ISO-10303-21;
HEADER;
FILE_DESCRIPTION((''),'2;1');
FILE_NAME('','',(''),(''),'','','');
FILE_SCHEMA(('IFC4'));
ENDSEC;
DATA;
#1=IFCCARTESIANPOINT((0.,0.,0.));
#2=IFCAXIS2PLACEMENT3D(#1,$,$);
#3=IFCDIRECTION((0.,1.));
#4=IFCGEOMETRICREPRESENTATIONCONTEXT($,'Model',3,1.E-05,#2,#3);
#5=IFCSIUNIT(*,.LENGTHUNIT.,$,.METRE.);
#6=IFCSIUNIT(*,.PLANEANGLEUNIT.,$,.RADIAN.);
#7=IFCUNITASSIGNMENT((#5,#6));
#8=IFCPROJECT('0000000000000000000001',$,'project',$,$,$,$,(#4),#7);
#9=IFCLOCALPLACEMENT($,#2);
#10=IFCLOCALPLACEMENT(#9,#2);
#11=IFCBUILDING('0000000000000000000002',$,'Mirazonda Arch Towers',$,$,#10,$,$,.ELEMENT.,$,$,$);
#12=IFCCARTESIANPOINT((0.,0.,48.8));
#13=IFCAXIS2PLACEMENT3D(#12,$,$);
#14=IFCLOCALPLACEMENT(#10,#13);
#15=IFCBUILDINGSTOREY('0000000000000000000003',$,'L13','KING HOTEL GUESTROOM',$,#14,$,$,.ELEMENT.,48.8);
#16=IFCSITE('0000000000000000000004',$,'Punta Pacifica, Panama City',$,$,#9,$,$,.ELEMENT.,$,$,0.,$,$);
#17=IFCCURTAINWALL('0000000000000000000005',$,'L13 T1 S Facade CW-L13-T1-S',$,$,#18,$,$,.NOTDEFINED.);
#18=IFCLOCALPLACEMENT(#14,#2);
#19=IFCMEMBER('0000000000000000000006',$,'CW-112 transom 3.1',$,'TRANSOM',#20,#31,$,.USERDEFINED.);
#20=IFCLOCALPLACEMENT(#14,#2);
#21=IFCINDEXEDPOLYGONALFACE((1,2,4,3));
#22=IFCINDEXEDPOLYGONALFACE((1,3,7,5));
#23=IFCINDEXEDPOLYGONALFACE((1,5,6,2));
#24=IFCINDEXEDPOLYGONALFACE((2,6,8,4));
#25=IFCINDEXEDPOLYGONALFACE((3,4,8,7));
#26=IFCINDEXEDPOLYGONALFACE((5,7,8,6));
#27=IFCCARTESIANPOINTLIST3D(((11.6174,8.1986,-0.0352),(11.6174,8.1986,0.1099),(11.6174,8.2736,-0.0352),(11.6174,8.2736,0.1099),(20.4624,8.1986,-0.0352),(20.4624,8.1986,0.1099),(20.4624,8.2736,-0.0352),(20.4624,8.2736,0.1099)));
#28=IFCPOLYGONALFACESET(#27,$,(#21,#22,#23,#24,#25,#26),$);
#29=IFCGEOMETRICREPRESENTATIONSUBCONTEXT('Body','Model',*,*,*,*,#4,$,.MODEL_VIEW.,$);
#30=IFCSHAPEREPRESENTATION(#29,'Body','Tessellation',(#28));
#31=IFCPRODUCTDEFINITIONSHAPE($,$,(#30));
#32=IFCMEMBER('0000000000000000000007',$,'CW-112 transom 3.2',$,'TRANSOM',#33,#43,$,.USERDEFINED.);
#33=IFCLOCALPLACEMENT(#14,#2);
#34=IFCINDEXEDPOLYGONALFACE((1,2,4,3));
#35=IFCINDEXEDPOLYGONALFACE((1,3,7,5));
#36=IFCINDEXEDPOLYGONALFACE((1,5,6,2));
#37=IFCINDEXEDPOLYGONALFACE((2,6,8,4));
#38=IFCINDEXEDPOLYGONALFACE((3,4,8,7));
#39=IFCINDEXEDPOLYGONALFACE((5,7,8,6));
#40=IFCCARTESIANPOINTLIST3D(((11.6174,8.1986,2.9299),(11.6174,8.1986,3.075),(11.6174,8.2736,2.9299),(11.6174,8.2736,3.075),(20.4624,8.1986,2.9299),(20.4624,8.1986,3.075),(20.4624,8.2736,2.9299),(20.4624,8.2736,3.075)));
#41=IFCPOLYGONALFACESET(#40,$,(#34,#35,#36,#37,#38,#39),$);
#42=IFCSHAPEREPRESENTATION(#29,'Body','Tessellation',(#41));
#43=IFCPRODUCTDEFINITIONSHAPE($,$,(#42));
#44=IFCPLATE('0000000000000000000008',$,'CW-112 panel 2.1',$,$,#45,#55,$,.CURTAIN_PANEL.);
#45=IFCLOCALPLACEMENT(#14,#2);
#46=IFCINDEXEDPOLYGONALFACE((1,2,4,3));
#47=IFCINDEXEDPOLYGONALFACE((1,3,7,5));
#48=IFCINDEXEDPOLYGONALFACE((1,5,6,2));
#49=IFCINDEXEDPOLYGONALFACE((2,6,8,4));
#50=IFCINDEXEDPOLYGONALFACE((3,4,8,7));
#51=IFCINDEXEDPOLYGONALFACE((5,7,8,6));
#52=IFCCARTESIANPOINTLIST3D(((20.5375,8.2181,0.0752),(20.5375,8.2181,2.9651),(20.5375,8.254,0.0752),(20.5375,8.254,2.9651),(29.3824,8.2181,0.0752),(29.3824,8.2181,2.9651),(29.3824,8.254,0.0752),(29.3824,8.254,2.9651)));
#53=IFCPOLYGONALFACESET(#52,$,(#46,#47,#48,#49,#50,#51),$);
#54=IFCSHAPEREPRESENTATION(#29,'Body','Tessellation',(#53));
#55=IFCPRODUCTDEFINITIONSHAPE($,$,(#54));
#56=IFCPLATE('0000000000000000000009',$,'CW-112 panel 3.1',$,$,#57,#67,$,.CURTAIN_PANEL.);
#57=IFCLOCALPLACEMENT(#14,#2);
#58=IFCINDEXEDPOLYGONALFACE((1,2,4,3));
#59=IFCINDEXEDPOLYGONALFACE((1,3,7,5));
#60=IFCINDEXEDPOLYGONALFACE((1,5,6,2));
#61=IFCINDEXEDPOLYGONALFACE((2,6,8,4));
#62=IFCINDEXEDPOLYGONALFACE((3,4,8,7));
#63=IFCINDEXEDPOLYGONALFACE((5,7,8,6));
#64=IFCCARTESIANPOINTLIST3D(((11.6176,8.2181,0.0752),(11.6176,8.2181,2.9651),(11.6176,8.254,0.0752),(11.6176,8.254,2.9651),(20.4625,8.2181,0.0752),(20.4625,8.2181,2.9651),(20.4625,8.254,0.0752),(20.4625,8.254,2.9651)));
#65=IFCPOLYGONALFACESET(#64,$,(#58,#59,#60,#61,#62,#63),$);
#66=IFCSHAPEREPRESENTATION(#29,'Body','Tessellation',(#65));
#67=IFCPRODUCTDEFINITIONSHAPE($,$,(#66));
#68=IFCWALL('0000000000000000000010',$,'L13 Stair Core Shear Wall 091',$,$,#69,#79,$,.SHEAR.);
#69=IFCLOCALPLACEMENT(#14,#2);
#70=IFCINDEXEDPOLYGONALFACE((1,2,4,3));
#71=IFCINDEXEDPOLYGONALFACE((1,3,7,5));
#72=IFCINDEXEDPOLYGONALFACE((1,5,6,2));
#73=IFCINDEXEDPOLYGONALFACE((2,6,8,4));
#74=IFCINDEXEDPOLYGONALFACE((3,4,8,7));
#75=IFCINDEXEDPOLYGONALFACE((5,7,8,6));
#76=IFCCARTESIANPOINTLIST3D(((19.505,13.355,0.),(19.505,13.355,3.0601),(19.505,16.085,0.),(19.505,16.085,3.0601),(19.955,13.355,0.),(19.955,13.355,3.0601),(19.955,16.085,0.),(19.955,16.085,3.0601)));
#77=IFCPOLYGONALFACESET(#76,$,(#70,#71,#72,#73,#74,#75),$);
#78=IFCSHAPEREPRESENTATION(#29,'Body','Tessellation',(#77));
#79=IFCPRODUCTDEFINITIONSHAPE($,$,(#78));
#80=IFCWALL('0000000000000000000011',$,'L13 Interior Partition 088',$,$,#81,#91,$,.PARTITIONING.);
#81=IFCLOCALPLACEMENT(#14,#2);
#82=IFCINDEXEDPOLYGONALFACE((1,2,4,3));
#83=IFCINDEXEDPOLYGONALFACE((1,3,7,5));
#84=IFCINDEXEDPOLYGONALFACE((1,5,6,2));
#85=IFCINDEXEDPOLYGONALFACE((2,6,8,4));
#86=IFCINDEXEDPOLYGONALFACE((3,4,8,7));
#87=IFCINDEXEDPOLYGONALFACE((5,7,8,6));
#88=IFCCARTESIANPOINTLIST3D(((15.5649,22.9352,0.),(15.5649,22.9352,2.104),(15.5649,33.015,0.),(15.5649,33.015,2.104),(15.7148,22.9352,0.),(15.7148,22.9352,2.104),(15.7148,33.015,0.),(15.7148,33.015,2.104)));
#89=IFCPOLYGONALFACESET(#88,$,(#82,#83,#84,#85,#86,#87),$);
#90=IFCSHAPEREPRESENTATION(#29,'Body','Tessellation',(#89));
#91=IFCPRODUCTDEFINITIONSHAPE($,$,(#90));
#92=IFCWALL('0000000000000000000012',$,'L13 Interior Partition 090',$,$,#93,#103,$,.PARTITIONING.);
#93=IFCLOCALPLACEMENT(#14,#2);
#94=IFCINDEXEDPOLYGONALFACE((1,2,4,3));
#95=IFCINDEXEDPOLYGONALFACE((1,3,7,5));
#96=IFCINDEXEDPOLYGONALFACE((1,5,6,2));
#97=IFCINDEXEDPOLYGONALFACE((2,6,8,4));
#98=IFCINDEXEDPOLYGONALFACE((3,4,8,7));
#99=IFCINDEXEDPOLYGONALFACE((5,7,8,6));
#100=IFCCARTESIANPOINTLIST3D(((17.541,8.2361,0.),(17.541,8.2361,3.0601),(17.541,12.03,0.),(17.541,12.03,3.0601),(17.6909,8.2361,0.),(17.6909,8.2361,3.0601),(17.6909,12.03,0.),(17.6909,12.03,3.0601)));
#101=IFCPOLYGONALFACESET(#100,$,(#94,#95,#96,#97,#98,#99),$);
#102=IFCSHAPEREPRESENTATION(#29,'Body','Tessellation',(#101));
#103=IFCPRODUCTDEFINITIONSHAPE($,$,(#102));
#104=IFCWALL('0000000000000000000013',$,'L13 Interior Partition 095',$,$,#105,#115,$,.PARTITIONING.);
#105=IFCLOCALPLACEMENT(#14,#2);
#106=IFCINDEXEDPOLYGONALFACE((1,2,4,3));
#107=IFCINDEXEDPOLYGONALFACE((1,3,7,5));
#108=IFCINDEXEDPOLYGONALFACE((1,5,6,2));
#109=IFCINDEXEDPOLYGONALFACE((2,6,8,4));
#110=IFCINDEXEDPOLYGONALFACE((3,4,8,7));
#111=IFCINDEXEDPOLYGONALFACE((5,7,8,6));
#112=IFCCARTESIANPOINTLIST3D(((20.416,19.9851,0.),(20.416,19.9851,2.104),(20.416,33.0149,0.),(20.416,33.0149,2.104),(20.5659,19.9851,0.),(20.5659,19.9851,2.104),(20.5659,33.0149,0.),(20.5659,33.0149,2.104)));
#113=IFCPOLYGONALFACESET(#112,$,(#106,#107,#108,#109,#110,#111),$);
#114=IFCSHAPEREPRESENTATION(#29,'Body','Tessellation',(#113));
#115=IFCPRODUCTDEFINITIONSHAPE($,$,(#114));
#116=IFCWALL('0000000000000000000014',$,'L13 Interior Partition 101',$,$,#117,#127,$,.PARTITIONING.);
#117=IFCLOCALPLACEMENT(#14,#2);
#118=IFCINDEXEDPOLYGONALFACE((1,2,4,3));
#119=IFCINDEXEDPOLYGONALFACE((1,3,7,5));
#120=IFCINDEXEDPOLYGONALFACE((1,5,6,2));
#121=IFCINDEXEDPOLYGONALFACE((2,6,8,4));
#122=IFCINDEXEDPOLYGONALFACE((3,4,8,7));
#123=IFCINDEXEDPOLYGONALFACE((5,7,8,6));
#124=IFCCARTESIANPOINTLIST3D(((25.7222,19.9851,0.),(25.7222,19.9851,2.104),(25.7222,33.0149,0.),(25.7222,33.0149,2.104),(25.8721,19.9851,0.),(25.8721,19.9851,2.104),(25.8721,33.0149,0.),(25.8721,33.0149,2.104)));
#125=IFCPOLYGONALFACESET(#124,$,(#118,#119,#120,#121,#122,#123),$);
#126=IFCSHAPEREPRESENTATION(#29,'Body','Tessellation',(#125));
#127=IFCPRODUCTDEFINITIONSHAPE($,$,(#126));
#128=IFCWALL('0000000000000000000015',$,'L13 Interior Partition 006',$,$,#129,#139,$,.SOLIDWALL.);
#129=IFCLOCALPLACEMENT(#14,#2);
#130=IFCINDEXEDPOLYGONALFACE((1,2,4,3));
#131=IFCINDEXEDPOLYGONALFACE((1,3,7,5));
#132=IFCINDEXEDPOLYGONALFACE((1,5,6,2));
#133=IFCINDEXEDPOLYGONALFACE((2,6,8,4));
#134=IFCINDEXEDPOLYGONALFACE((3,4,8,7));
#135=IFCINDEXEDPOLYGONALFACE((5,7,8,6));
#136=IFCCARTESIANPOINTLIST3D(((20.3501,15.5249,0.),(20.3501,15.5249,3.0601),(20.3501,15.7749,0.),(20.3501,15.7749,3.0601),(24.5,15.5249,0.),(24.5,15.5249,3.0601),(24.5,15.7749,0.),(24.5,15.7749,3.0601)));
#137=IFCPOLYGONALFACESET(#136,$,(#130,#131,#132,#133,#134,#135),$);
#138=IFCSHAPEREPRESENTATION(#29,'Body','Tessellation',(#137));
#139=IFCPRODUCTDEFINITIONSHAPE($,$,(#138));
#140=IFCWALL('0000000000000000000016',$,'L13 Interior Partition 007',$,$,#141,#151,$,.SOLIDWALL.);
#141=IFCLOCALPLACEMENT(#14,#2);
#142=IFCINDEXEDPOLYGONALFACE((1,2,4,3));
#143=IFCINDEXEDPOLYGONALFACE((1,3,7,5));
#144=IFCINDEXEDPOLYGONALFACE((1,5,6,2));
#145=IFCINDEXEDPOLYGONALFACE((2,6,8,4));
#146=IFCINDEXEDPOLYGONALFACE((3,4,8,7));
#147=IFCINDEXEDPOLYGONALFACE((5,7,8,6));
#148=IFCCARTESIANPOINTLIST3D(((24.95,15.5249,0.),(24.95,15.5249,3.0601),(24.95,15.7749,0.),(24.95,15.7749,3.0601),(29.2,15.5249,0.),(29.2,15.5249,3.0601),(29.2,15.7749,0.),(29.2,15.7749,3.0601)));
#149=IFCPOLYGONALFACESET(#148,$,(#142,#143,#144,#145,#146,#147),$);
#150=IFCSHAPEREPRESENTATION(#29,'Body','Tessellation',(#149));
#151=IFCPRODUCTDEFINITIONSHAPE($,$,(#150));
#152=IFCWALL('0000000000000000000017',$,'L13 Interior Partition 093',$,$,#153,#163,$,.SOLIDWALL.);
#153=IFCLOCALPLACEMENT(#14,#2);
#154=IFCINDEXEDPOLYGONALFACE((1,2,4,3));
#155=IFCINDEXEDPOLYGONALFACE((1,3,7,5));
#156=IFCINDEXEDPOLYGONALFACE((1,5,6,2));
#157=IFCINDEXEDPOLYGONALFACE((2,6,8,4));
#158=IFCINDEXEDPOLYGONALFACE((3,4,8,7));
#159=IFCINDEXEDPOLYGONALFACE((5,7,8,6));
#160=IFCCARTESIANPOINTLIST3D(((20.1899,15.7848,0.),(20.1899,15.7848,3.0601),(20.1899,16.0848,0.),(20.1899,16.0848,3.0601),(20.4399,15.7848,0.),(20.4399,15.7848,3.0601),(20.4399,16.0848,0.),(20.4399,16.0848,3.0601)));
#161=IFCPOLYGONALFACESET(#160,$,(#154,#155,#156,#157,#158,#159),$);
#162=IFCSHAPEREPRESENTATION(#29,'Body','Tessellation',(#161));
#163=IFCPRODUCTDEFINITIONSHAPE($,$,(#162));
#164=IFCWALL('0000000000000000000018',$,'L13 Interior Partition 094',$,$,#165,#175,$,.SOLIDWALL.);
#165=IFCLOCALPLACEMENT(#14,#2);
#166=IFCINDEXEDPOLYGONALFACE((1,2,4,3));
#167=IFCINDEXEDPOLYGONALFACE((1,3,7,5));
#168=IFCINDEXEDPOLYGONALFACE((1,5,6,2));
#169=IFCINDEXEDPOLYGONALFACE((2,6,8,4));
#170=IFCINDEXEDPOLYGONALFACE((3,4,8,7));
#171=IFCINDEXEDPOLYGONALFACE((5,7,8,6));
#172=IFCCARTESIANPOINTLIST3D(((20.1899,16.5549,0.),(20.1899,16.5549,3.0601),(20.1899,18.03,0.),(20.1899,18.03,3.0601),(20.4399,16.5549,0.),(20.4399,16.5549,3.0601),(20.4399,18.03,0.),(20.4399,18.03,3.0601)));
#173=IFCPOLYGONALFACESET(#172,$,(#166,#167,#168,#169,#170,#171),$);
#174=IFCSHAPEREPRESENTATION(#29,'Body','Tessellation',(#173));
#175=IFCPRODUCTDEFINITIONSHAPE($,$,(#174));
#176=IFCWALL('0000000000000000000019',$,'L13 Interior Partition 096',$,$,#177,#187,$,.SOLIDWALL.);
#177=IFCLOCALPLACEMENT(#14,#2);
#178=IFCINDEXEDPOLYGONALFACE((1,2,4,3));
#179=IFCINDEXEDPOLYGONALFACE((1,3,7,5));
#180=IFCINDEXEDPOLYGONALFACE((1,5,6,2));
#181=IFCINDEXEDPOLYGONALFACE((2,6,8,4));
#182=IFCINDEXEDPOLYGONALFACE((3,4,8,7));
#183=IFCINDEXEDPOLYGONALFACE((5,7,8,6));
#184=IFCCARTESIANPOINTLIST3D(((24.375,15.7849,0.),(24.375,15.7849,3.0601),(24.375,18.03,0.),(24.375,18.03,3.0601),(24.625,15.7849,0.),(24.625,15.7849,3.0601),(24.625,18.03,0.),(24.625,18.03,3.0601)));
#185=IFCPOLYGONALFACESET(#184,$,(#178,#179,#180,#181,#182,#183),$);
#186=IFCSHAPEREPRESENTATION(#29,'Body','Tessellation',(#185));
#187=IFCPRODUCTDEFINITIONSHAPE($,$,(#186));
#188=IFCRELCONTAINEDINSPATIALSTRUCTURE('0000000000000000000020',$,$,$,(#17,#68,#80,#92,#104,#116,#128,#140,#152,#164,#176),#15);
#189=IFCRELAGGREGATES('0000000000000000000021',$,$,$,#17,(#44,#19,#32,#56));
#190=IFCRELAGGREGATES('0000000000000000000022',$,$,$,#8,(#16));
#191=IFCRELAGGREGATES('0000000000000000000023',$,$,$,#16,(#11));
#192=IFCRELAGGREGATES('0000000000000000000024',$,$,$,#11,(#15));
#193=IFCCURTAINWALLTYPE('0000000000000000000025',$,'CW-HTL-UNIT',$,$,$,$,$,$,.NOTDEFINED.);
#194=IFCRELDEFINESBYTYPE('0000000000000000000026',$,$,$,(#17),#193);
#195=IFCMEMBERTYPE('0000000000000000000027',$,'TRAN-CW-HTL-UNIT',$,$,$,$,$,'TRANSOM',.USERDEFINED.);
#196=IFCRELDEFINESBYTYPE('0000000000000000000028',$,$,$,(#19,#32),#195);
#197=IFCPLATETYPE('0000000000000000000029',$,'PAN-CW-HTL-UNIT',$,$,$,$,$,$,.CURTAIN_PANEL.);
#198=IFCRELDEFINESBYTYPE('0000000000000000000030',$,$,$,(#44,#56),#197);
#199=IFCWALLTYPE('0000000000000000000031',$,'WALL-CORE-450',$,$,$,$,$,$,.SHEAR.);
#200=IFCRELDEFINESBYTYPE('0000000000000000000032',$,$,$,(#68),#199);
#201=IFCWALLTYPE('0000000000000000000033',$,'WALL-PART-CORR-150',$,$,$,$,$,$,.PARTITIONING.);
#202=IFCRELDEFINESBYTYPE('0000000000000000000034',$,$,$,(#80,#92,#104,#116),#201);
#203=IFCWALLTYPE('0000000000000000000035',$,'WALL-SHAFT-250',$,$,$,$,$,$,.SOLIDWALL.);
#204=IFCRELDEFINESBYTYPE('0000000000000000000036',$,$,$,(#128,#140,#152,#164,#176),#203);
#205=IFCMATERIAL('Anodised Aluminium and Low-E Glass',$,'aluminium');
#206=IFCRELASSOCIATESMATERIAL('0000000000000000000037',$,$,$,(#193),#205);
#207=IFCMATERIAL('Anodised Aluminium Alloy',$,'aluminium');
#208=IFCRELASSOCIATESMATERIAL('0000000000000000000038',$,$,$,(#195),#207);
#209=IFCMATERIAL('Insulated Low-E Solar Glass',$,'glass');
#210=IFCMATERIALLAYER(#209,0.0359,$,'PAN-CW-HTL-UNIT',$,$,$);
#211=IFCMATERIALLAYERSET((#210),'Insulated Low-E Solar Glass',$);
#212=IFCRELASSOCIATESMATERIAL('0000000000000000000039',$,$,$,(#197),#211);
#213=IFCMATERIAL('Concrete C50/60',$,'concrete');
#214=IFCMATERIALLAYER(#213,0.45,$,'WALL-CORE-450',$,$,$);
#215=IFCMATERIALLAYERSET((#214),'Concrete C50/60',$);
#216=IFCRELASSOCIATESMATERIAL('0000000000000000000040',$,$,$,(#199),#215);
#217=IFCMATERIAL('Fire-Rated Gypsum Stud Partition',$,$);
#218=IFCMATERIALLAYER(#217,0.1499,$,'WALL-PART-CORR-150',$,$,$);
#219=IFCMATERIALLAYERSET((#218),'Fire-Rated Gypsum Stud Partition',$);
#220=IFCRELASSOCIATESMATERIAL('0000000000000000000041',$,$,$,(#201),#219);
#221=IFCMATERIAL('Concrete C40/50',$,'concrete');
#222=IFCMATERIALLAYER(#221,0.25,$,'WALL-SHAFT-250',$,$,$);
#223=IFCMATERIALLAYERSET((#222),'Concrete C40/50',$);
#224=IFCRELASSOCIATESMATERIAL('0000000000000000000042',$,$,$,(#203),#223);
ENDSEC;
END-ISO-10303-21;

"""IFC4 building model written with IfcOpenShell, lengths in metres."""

from ifc_helpers import new_model, si_unit, direction, frame, frame_2d, origin, origin_2d, place, context, subcontext, project, spatial, rectangle, extrude, material, layer, layer_set, material_profile, profile_set, type_object, element, aggregate, save


model = new_model("IFC4")

# Units and contexts
model_context = context("Model", 3, precision=1e-05, world=origin(), true_north=direction((0.0, 1.0)))
body_context = subcontext(model_context, "Body", "Model", "MODEL_VIEW")
ifc_project = project(units=[si_unit("LENGTHUNIT", "METRE"), si_unit("PLANEANGLEUNIT", "RADIAN")], contexts=[model_context])

# Site, building, storey
site_placement = place(None, origin())
site = spatial("IfcSite", under=ifc_project, at=site_placement, Name="Punta Pacifica, Panama City", CompositionType="ELEMENT", RefElevation=0.0)
building_placement = place(site_placement, origin())
building = spatial("IfcBuilding", under=site, at=building_placement, Name="Mirazonda Arch Towers", CompositionType="ELEMENT")
storey_placement = place(building_placement, frame((0.0, 0.0, 48.8)))
storey = spatial("IfcBuildingStorey", under=building, at=storey_placement, Name="L13", Description="KING HOTEL GUESTROOM", CompositionType="ELEMENT", Elevation=48.8)

# Curtain wall, members, plates
ifc_material_1 = material(Name="Anodised Aluminium and Low-E Glass", Category="aluminium")
curtain_wall_type = type_object("IfcCurtainWallType", Name="CW-HTL-UNIT", PredefinedType="NOTDEFINED", material=ifc_material_1)
curtain_wall_placement = place(storey_placement, origin())
curtain_wall = element("IfcCurtainWall", 1, at=curtain_wall_placement, inside=storey, type_object=curtain_wall_type, Name="L13 T1 S Facade CW-L13-T1-S", PredefinedType="NOTDEFINED")
ifc_material_2 = material(Name="Anodised Aluminium Alloy", Category="aluminium")
ifc_material_profile_1 = material_profile(ifc_material_2, rectangle(XDim=0.075, YDim=0.145, at=origin_2d()), Name="ALU-TRAN-75x145")
ifc_profile_set_1 = profile_set([ifc_material_profile_1], Name="Anodised Aluminium Alloy")
member_type_1 = type_object("IfcMemberType", Name="TRAN-CW-HTL-UNIT", ElementType="TRANSOM", PredefinedType="USERDEFINED", material=ifc_profile_set_1)
member_1_placement = place(storey_placement, frame((20.4624, 8.2361, 0.0374), z_axis=(-1.0, 0.0, 0.0), x_axis=(0.0, -1.0, 0.0)))
member_1 = element("IfcMember", 2, at=member_1_placement, type_object=member_type_1, Name="CW-112 transom 3.1", ObjectType="TRANSOM", PredefinedType="USERDEFINED", context=body_context, shape_type="SweptSolid", body=[
    extrude(rectangle(XDim=0.075, YDim=0.145, at=origin_2d()), origin(), (0.0, 0.0, 1.0), 8.845),
])
member_2_placement = place(storey_placement, frame((20.4624, 8.2361, 3.0024), z_axis=(-1.0, 0.0, 0.0), x_axis=(0.0, -1.0, 0.0)))
member_2 = element("IfcMember", 3, at=member_2_placement, type_object=member_type_1, Name="CW-112 transom 3.2", ObjectType="TRANSOM", PredefinedType="USERDEFINED", context=body_context, shape_type="SweptSolid", body=[
    extrude(rectangle(XDim=0.075, YDim=0.145, at=origin_2d()), origin(), (0.0, 0.0, 1.0), 8.845),
])
ifc_material_3 = material(Name="Insulated Low-E Solar Glass", Category="glass")
ifc_layer_1 = layer(ifc_material_3, 0.0359, Name="PAN-CW-HTL-UNIT")
ifc_layer_set_1 = layer_set([ifc_layer_1], Name="Insulated Low-E Solar Glass")
plate_type = type_object("IfcPlateType", Name="PAN-CW-HTL-UNIT", PredefinedType="CURTAIN_PANEL", material=ifc_layer_set_1)
plate_1_placement = place(storey_placement, frame((24.96, 8.2361, 0.0752), z_axis=(0.0, 0.0, 1.0), x_axis=(-1.0, 0.0, 0.0)))
plate_1 = element("IfcPlate", 4, at=plate_1_placement, type_object=plate_type, Name="CW-112 panel 2.1", PredefinedType="CURTAIN_PANEL", context=body_context, shape_type="SweptSolid", body=[
    extrude(rectangle(XDim=8.845, YDim=0.0359, at=origin_2d()), origin(), (0.0, 0.0, 1.0), 2.8899),
])
plate_2_placement = place(storey_placement, frame((16.04, 8.2361, 0.0752), z_axis=(0.0, 0.0, 1.0), x_axis=(-1.0, 0.0, 0.0)))
plate_2 = element("IfcPlate", 5, at=plate_2_placement, type_object=plate_type, Name="CW-112 panel 3.1", PredefinedType="CURTAIN_PANEL", context=body_context, shape_type="SweptSolid", body=[
    extrude(rectangle(XDim=8.845, YDim=0.0359, at=origin_2d()), origin(), (0.0, 0.0, 1.0), 2.8899),
])
aggregate(curtain_wall, [plate_1, member_1, member_2, plate_2])

# Walls
ifc_material_4 = material(Name="Concrete C50/60", Category="concrete")
ifc_layer_2 = layer(ifc_material_4, 0.45, Name="WALL-CORE-450")
ifc_layer_set_2 = layer_set([ifc_layer_2], Name="Concrete C50/60")
wall_type_1 = type_object("IfcWallType", Name="WALL-CORE-450", PredefinedType="SHEAR", material=ifc_layer_set_2)
wall_1_placement = place(storey_placement, frame((19.73, 13.355, 0.0), z_axis=(0.0, 0.0, 1.0), x_axis=(0.0, 1.0, 0.0)))
element("IfcWall", 6, at=wall_1_placement, inside=storey, type_object=wall_type_1, Name="L13 Stair Core Shear Wall 091", PredefinedType="SHEAR", context=body_context, shape_type="SweptSolid", body=[
    extrude(rectangle(XDim=2.73, YDim=0.45, at=frame_2d((1.365, 0.0))), origin(), (0.0, 0.0, 1.0), 3.0601),
])
ifc_material_5 = material(Name="Fire-Rated Gypsum Stud Partition")
ifc_layer_3 = layer(ifc_material_5, 0.1499, Name="WALL-PART-CORR-150")
ifc_layer_set_3 = layer_set([ifc_layer_3], Name="Fire-Rated Gypsum Stud Partition")
wall_type_2 = type_object("IfcWallType", Name="WALL-PART-CORR-150", PredefinedType="PARTITIONING", material=ifc_layer_set_3)
wall_2_placement = place(storey_placement, frame((15.6399, 22.9351, 0.0), z_axis=(0.0, 0.0, 1.0), x_axis=(0.0, 1.0, 0.0)))
element("IfcWall", 7, at=wall_2_placement, inside=storey, type_object=wall_type_2, Name="L13 Interior Partition 088", PredefinedType="PARTITIONING", context=body_context, shape_type="SweptSolid", body=[
    extrude(rectangle(XDim=10.0798, YDim=0.1499, at=frame_2d((5.04, 0.0))), origin(), (0.0, 0.0, 1.0), 2.104),
])
wall_3_placement = place(storey_placement, frame((17.616, 8.2361, 0.0), z_axis=(0.0, 0.0, 1.0), x_axis=(0.0, 1.0, 0.0)))
element("IfcWall", 8, at=wall_3_placement, inside=storey, type_object=wall_type_2, Name="L13 Interior Partition 090", PredefinedType="PARTITIONING", context=body_context, shape_type="SweptSolid", body=[
    extrude(rectangle(XDim=3.7939, YDim=0.1499, at=frame_2d((1.897, 0.0))), origin(), (0.0, 0.0, 1.0), 3.0601),
])
for number, where, z_axis, x_axis, name in (
    (9, (20.491, 19.9851, 0.0), (0.0, 0.0, 1.0), (0.0, 1.0, 0.0), "L13 Interior Partition 095"),
    (10, (25.7971, 19.9851, 0.0), (0.0, 0.0, 1.0), (0.0, 1.0, 0.0), "L13 Interior Partition 101"),
):
    element("IfcWall", number, at=place(storey_placement, frame(where, z_axis=z_axis, x_axis=x_axis)), inside=storey, type_object=wall_type_2, Name=name, PredefinedType="PARTITIONING", context=body_context, shape_type="SweptSolid", body=[
        extrude(rectangle(XDim=13.0298, YDim=0.1499, at=frame_2d((6.5149, 0.0))), origin(), (0.0, 0.0, 1.0), 2.104),
    ])
ifc_material_6 = material(Name="Concrete C40/50", Category="concrete")
ifc_layer_4 = layer(ifc_material_6, 0.25, Name="WALL-SHAFT-250")
ifc_layer_set_4 = layer_set([ifc_layer_4], Name="Concrete C40/50")
wall_type_3 = type_object("IfcWallType", Name="WALL-SHAFT-250", PredefinedType="SOLIDWALL", material=ifc_layer_set_4)
wall_4_placement = place(storey_placement, frame((20.3501, 15.6499, 0.0), z_axis=(0.0, 0.0, 1.0), x_axis=(1.0, 0.0, 0.0)))
element("IfcWall", 11, at=wall_4_placement, inside=storey, type_object=wall_type_3, Name="L13 Interior Partition 006", PredefinedType="SOLIDWALL", context=body_context, shape_type="SweptSolid", body=[
    extrude(rectangle(XDim=4.1499, YDim=0.25, at=frame_2d((2.075, 0.0))), origin(), (0.0, 0.0, 1.0), 3.0601),
])
wall_5_placement = place(storey_placement, frame((24.95, 15.6499, 0.0), z_axis=(0.0, 0.0, 1.0), x_axis=(1.0, 0.0, 0.0)))
element("IfcWall", 12, at=wall_5_placement, inside=storey, type_object=wall_type_3, Name="L13 Interior Partition 007", PredefinedType="SOLIDWALL", context=body_context, shape_type="SweptSolid", body=[
    extrude(rectangle(XDim=4.25, YDim=0.25, at=frame_2d((2.125, 0.0))), origin(), (0.0, 0.0, 1.0), 3.0601),
])
wall_6_placement = place(storey_placement, frame((20.3149, 15.7849, 0.0), z_axis=(0.0, 0.0, 1.0), x_axis=(0.0, 1.0, 0.0)))
element("IfcWall", 13, at=wall_6_placement, inside=storey, type_object=wall_type_3, Name="L13 Interior Partition 093", PredefinedType="SOLIDWALL", context=body_context, shape_type="SweptSolid", body=[
    extrude(rectangle(XDim=0.3, YDim=0.25, at=frame_2d((0.1499, 0.0))), origin(), (0.0, 0.0, 1.0), 3.0601),
])
wall_7_placement = place(storey_placement, frame((20.3149, 16.5549, 0.0), z_axis=(0.0, 0.0, 1.0), x_axis=(0.0, 1.0, 0.0)))
element("IfcWall", 14, at=wall_7_placement, inside=storey, type_object=wall_type_3, Name="L13 Interior Partition 094", PredefinedType="SOLIDWALL", context=body_context, shape_type="SweptSolid", body=[
    extrude(rectangle(XDim=1.4751, YDim=0.25, at=frame_2d((0.7375, 0.0))), origin(), (0.0, 0.0, 1.0), 3.0601),
])
for number, where, z_axis, x_axis, name in (
    (15, (24.5, 15.7849, 0.0), (0.0, 0.0, 1.0), (0.0, 1.0, 0.0), "L13 Interior Partition 096"),
):
    element("IfcWall", number, at=place(storey_placement, frame(where, z_axis=z_axis, x_axis=x_axis)), inside=storey, type_object=wall_type_3, Name=name, PredefinedType="SOLIDWALL", context=body_context, shape_type="SweptSolid", body=[
        extrude(rectangle(XDim=2.2451, YDim=0.25, at=frame_2d((1.1226, 0.0))), origin(), (0.0, 0.0, 1.0), 3.0601),
    ])

save(model, "model.ifc")
